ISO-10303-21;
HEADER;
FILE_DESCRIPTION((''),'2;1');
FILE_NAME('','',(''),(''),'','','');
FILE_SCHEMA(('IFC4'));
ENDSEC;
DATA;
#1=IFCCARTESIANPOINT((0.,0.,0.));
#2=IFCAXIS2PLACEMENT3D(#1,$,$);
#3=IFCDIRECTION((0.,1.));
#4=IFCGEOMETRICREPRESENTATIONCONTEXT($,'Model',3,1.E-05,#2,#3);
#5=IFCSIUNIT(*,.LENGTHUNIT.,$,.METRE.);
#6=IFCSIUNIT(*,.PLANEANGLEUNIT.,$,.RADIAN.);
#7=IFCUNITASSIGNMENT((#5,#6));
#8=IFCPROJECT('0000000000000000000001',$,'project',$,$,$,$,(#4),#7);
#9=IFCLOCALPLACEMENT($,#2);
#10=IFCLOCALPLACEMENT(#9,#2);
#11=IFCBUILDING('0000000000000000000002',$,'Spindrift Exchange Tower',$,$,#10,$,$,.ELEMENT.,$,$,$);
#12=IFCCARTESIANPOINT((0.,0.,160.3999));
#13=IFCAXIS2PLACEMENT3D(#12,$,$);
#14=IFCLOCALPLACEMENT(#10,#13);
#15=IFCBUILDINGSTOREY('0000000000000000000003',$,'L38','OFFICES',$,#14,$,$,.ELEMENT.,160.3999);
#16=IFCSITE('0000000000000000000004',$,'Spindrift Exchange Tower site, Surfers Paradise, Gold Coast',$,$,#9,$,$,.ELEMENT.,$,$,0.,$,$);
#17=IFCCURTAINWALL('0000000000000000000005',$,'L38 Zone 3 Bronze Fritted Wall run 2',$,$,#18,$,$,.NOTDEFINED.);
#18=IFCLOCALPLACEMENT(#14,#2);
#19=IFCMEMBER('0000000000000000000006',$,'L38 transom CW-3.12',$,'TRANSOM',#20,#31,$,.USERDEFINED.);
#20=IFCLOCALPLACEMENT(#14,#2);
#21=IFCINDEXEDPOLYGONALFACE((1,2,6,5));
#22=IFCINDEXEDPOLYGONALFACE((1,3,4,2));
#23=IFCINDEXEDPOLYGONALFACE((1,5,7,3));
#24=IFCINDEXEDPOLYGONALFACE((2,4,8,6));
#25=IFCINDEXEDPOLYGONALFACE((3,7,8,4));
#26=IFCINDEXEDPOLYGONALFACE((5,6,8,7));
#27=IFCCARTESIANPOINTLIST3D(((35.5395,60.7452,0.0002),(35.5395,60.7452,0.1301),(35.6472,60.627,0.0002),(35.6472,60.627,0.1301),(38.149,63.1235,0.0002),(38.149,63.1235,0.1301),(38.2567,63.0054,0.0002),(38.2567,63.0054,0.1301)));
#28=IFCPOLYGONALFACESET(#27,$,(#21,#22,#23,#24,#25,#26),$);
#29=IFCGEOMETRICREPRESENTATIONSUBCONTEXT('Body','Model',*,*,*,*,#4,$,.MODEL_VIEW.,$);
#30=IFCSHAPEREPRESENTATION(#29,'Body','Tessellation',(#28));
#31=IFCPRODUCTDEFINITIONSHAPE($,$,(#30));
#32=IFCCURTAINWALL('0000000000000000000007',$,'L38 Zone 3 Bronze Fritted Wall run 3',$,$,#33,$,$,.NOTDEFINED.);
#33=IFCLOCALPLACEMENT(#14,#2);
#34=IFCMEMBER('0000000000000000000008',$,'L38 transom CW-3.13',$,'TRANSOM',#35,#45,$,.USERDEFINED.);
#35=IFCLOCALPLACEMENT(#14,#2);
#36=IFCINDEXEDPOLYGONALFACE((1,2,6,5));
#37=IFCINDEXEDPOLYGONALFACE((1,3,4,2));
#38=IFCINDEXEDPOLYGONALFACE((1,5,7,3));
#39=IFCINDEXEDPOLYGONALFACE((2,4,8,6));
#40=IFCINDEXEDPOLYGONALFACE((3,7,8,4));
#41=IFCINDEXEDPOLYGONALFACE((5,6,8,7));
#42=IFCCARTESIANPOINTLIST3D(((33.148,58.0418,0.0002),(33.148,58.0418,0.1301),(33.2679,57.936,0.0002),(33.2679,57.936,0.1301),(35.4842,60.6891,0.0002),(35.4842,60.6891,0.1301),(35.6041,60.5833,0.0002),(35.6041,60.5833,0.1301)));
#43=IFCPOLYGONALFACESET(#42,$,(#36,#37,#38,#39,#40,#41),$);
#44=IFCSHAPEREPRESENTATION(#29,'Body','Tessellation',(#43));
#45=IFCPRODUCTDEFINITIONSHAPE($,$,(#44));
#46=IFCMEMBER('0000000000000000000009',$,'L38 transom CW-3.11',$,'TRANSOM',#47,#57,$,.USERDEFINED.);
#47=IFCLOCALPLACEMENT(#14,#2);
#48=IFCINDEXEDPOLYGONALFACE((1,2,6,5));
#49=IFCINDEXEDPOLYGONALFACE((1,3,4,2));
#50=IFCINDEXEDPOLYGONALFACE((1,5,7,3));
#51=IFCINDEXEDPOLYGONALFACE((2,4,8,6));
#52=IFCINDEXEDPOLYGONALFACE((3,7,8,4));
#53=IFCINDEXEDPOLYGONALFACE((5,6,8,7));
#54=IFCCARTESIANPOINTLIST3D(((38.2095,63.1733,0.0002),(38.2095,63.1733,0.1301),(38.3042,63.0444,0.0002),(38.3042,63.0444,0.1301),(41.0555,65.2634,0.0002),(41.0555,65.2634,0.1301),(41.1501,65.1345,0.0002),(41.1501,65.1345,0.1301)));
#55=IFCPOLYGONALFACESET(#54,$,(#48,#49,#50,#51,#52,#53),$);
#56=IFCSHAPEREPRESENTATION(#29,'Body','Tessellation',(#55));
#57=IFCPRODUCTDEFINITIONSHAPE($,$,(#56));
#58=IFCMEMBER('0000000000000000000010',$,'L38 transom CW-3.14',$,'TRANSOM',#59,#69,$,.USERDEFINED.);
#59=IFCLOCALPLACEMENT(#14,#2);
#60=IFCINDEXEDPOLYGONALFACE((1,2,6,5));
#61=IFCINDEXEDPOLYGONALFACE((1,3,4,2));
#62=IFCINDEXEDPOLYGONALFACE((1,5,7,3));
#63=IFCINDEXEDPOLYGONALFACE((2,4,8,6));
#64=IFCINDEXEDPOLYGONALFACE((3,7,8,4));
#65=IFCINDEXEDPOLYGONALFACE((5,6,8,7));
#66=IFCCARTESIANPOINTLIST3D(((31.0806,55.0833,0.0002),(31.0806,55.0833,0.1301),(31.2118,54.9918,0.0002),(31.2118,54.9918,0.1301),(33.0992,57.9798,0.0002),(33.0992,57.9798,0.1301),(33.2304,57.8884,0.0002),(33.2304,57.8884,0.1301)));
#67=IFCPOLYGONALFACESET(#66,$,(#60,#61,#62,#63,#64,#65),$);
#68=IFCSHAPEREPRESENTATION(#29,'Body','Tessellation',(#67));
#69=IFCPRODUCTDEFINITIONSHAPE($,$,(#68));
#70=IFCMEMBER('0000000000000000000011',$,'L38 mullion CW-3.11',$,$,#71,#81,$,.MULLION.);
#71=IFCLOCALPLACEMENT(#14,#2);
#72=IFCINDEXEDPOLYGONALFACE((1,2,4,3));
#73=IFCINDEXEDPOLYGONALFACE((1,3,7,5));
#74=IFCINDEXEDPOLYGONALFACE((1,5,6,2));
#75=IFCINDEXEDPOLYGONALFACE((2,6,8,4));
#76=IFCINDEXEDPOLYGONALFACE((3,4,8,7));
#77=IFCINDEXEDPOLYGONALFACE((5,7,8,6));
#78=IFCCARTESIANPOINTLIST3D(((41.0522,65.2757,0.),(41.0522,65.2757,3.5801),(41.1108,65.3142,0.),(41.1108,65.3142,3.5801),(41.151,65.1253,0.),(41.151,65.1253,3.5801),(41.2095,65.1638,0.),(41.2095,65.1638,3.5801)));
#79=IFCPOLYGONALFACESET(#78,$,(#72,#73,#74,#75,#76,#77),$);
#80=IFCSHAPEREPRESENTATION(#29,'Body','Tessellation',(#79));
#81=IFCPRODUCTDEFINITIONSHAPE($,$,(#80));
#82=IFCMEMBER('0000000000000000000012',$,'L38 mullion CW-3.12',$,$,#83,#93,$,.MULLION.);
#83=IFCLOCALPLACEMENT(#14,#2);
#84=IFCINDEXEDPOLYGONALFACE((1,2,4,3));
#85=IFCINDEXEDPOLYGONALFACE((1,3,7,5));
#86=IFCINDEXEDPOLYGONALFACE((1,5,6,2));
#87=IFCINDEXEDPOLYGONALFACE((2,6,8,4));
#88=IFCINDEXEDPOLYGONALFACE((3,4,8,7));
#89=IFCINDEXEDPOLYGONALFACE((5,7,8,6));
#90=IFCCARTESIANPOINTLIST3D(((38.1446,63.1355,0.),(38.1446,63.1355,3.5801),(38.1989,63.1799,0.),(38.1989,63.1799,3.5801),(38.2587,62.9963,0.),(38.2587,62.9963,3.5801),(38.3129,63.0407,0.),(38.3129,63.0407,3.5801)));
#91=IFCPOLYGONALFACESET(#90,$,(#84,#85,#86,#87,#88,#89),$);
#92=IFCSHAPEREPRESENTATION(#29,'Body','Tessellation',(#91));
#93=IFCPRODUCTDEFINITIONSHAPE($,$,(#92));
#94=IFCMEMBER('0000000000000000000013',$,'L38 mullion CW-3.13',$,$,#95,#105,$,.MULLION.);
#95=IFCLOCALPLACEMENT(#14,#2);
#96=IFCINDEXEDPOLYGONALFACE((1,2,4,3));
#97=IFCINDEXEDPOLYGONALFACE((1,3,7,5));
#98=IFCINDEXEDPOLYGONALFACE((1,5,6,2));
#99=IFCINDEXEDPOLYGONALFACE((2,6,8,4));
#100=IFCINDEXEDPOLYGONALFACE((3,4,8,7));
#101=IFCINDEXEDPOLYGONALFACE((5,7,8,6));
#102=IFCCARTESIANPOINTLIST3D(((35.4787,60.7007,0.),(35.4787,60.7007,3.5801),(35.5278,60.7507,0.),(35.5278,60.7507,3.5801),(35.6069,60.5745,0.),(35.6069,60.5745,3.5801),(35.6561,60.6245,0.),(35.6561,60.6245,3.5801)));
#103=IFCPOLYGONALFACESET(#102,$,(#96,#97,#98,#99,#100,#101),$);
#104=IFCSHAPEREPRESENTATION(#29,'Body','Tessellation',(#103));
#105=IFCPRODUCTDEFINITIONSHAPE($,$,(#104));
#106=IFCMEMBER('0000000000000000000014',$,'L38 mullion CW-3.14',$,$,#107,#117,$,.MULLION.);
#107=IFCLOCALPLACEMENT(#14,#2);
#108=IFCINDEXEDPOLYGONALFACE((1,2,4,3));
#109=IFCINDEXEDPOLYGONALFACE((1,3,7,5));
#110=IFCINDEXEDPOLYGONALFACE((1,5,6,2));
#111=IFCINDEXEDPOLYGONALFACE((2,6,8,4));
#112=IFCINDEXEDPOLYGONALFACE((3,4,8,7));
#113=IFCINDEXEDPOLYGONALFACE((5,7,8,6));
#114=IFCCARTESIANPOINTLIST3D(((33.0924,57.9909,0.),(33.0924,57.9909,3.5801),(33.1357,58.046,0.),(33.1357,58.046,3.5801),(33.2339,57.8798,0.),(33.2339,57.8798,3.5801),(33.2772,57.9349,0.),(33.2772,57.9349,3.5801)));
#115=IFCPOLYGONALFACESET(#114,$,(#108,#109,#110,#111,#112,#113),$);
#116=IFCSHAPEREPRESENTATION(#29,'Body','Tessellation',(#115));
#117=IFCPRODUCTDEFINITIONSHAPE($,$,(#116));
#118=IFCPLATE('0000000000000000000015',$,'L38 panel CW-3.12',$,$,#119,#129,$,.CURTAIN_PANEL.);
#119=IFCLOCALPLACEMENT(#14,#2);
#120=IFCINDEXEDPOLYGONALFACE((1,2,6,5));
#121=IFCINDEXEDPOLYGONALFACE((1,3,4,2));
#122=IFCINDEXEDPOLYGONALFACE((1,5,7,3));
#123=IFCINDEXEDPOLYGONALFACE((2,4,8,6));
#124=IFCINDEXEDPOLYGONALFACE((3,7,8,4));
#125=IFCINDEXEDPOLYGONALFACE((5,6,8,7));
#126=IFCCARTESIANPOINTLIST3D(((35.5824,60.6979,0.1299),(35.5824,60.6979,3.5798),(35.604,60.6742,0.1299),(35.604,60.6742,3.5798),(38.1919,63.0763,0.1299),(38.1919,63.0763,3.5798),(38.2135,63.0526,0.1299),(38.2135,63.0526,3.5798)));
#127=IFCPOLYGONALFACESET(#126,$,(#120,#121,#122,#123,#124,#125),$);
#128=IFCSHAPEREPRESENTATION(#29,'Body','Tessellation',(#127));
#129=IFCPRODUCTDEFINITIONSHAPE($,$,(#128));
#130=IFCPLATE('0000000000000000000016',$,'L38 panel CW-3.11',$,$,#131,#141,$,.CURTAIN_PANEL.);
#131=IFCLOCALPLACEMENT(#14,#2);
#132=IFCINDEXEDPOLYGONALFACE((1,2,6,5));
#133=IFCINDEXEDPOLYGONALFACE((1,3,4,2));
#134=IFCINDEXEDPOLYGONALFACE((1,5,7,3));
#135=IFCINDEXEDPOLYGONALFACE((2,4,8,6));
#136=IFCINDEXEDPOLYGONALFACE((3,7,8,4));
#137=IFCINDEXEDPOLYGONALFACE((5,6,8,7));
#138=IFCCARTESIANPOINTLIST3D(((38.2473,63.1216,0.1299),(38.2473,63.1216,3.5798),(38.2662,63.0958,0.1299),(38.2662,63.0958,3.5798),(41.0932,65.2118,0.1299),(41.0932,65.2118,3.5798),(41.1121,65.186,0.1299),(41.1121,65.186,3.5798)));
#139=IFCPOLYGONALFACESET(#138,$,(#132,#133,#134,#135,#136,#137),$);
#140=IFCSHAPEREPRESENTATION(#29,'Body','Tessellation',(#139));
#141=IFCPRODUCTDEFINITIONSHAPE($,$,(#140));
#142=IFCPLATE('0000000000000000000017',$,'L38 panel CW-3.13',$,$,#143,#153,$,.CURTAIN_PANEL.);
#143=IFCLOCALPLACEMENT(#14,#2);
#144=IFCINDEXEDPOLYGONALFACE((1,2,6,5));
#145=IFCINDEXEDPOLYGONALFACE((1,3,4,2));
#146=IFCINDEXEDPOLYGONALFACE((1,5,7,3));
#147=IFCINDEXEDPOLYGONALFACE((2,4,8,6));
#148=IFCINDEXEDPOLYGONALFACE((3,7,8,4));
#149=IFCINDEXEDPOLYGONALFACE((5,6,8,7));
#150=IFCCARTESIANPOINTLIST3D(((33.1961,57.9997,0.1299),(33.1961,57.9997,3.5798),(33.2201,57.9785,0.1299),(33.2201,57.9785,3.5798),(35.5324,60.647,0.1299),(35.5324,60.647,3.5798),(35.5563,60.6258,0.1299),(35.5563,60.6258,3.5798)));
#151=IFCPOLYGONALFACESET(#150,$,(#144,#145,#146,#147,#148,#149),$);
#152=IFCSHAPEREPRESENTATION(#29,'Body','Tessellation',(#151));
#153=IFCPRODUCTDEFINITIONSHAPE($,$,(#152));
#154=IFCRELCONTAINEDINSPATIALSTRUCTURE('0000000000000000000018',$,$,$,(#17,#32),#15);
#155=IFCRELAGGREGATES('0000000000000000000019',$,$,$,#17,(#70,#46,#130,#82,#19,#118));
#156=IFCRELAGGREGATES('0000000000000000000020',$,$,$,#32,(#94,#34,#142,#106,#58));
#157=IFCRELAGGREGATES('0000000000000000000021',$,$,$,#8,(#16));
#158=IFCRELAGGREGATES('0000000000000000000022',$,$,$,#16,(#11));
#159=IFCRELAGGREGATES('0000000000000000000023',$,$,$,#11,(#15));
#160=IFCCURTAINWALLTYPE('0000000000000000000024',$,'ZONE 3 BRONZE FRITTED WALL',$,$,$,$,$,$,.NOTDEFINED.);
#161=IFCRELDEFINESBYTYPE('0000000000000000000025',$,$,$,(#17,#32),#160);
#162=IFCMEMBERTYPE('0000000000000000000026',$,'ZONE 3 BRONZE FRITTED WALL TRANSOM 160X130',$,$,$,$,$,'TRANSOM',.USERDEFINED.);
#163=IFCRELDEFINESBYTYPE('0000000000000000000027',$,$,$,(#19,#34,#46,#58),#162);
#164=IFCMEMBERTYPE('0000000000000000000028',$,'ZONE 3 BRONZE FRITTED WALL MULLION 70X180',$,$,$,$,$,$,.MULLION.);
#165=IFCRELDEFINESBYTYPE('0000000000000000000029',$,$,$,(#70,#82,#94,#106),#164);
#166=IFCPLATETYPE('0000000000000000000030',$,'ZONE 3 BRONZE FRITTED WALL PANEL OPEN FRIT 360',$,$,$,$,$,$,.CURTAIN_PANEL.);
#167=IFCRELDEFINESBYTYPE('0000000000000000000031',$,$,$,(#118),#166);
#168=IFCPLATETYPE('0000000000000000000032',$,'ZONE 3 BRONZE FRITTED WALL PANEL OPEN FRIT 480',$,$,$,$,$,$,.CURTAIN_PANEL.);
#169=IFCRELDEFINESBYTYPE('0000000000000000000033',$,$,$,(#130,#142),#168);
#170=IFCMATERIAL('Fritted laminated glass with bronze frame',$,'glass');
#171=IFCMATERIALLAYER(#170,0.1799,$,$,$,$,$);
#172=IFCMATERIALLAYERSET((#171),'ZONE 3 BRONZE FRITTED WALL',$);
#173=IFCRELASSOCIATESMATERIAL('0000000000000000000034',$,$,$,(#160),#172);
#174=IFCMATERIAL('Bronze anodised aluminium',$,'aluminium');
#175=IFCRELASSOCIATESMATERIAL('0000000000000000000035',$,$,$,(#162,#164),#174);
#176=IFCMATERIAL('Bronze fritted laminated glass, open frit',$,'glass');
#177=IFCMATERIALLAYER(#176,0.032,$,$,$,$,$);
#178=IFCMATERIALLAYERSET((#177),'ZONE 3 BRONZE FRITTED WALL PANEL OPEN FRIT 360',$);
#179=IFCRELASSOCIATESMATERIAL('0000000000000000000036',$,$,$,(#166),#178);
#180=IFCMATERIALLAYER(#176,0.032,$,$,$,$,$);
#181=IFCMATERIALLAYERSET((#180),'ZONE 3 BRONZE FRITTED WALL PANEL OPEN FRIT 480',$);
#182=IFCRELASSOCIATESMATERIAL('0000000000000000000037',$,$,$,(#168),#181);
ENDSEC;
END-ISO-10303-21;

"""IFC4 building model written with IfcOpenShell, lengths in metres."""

from ifc_helpers import new_model, si_unit, direction, frame, origin, origin_2d, place, context, subcontext, project, spatial, rectangle, extrude, source, transform, mapped, material, layer, layer_set, material_profile, profile_set, type_object, element, aggregate, save


model = new_model("IFC4")

# Units and contexts
model_context = context("Model", 3, precision=1e-05, world=origin(), true_north=direction((0.0, 1.0)))
body_context = subcontext(model_context, "Body", "Model", "MODEL_VIEW")
ifc_project = project(units=[si_unit("LENGTHUNIT", "METRE"), si_unit("PLANEANGLEUNIT", "RADIAN")], contexts=[model_context])

# Site, building, storey
site_placement = place(None, origin())
site = spatial("IfcSite", under=ifc_project, at=site_placement, Name="Spindrift Exchange Tower site, Surfers Paradise, Gold Coast", CompositionType="ELEMENT", RefElevation=0.0)
building_placement = place(site_placement, origin())
building = spatial("IfcBuilding", under=site, at=building_placement, Name="Spindrift Exchange Tower", CompositionType="ELEMENT")
storey_placement = place(building_placement, frame((0.0, 0.0, 160.3999)))
storey = spatial("IfcBuildingStorey", under=building, at=storey_placement, Name="L38", Description="OFFICES", CompositionType="ELEMENT", Elevation=160.3999)

# Curtain walls, members
ifc_material_1 = material(Name="Fritted laminated glass with bronze frame", Category="glass")
ifc_layer_1 = layer(ifc_material_1, 0.1799)
ifc_layer_set_1 = layer_set([ifc_layer_1], Name="ZONE 3 BRONZE FRITTED WALL")
curtain_wall_type = type_object("IfcCurtainWallType", Name="ZONE 3 BRONZE FRITTED WALL", PredefinedType="NOTDEFINED", material=ifc_layer_set_1)
curtain_wall_1_placement = place(storey_placement, origin())
curtain_wall_1 = element("IfcCurtainWall", 1, at=curtain_wall_1_placement, inside=storey, type_object=curtain_wall_type, Name="L38 Zone 3 Bronze Fritted Wall run 2", PredefinedType="NOTDEFINED")
ifc_material_2 = material(Name="Bronze anodised aluminium", Category="aluminium")
ifc_material_profile_1 = material_profile(ifc_material_2, rectangle(XDim=0.1599, YDim=0.1299, at=origin_2d()), Name="ZONE 3 BRONZE FRITTED WALL TRANSOM 160X130")
ifc_profile_set_1 = profile_set([ifc_material_profile_1], Name="Bronze anodised aluminium")
member_type_1 = type_object("IfcMemberType", Name="ZONE 3 BRONZE FRITTED WALL TRANSOM 160X130", ElementType="TRANSOM", PredefinedType="USERDEFINED", material=ifc_profile_set_1)
shared_shape_1 = source(origin(), body_context, "Body", "SweptSolid", [
    extrude(rectangle(XDim=0.1599, YDim=0.1299, at=origin_2d()), origin(), (0.0, 0.0, 1.0), 3.5308),
])
member_1_placement = place(storey_placement, frame((38.2029, 63.0645, 0.0652), z_axis=(-0.739088, -0.673608, 0.0), x_axis=(0.673608, -0.739088, 0.0)))
member_1 = element("IfcMember", 2, at=member_1_placement, type_object=member_type_1, Name="L38 transom CW-3.12", ObjectType="TRANSOM", PredefinedType="USERDEFINED", context=body_context, shape_type="MappedRepresentation", body=[
    mapped(shared_shape_1, transform((0.0, 0.0, 0.0), scale=1.0)),
])
curtain_wall_2_placement = place(storey_placement, origin())
curtain_wall_2 = element("IfcCurtainWall", 3, at=curtain_wall_2_placement, inside=storey, type_object=curtain_wall_type, Name="L38 Zone 3 Bronze Fritted Wall run 3", PredefinedType="NOTDEFINED")
member_2_placement = place(storey_placement, frame((35.5442, 60.6362, 0.0652), z_axis=(-0.661686, -0.749781, 0.0), x_axis=(0.749781, -0.661686, 0.0)))
member_2 = element("IfcMember", 4, at=member_2_placement, type_object=member_type_1, Name="L38 transom CW-3.13", ObjectType="TRANSOM", PredefinedType="USERDEFINED", context=body_context, shape_type="MappedRepresentation", body=[
    mapped(shared_shape_1, transform((0.0, 0.0, 0.0), scale=1.0)),
])

# Members
shared_shape_2 = source(origin(), body_context, "Body", "SweptSolid", [
    extrude(rectangle(XDim=0.1599, YDim=0.1299, at=origin_2d()), origin(), (0.0, 0.0, 1.0), 3.531),
])
member_3_placement = place(storey_placement, frame((41.1028, 65.199, 0.0652), z_axis=(-0.805992, -0.591927, 0.0), x_axis=(0.591927, -0.805992, 0.0)))
member_3 = element("IfcMember", 5, at=member_3_placement, type_object=member_type_1, Name="L38 transom CW-3.11", ObjectType="TRANSOM", PredefinedType="USERDEFINED", context=body_context, shape_type="MappedRepresentation", body=[
    mapped(shared_shape_2, transform((0.0, 0.0, 0.0), scale=1.0)),
])
shared_shape_3 = source(origin(), body_context, "Body", "SweptSolid", [
    extrude(rectangle(XDim=0.1599, YDim=0.1299, at=origin_2d()), origin(), (0.0, 0.0, 1.0), 3.5305),
])
member_4_placement = place(storey_placement, frame((33.1648, 57.9341, 0.0652), z_axis=(-0.571753, -0.820426, 0.0), x_axis=(0.820426, -0.571753, 0.0)))
member_4 = element("IfcMember", 6, at=member_4_placement, type_object=member_type_1, Name="L38 transom CW-3.14", ObjectType="TRANSOM", PredefinedType="USERDEFINED", context=body_context, shape_type="MappedRepresentation", body=[
    mapped(shared_shape_3, transform((0.0, 0.0, 0.0), scale=1.0)),
])
ifc_material_profile_2 = material_profile(ifc_material_2, rectangle(XDim=0.0701, YDim=0.1799, at=origin_2d()), Name="ZONE 3 BRONZE FRITTED WALL MULLION 70X180")
ifc_profile_set_2 = profile_set([ifc_material_profile_2], Name="Bronze anodised aluminium")
member_type_2 = type_object("IfcMemberType", Name="ZONE 3 BRONZE FRITTED WALL MULLION 70X180", PredefinedType="MULLION", material=ifc_profile_set_2)
shared_shape_4 = source(origin(), body_context, "Body", "SweptSolid", [
    extrude(rectangle(XDim=0.0701, YDim=0.1799, at=origin_2d()), origin(), (0.0, 0.0, 1.0), 3.5801),
])
member_5_placement = place(storey_placement, frame((41.1309, 65.2197, 0.0), z_axis=(0.0, 0.0, 1.0), x_axis=(-0.835917, -0.548856, 0.0)))
member_5 = element("IfcMember", 7, at=member_5_placement, type_object=member_type_2, Name="L38 mullion CW-3.11", PredefinedType="MULLION", context=body_context, shape_type="MappedRepresentation", body=[
    mapped(shared_shape_4, transform((0.0, 0.0, 0.0), scale=1.0)),
])
member_6_placement = place(storey_placement, frame((38.2288, 63.0881, 0.0), z_axis=(0.0, 0.0, 1.0), x_axis=(-0.773599, -0.633675, 0.0)))
member_6 = element("IfcMember", 8, at=member_6_placement, type_object=member_type_2, Name="L38 mullion CW-3.12", PredefinedType="MULLION", context=body_context, shape_type="MappedRepresentation", body=[
    mapped(shared_shape_4, transform((0.0, 0.0, 0.0), scale=1.0)),
])
member_7_placement = place(storey_placement, frame((35.5674, 60.6626, 0.0), z_axis=(0.0, 0.0, 1.0), x_axis=(-0.701416, -0.712752, 0.0)))
member_7 = element("IfcMember", 9, at=member_7_placement, type_object=member_type_2, Name="L38 mullion CW-3.13", PredefinedType="MULLION", context=body_context, shape_type="MappedRepresentation", body=[
    mapped(shared_shape_4, transform((0.0, 0.0, 0.0), scale=1.0)),
])
member_8_placement = place(storey_placement, frame((33.1848, 57.9629, 0.0), z_axis=(0.0, 0.0, 1.0), x_axis=(-0.617748, -0.786376, 0.0)))
member_8 = element("IfcMember", 10, at=member_8_placement, type_object=member_type_2, Name="L38 mullion CW-3.14", PredefinedType="MULLION", context=body_context, shape_type="MappedRepresentation", body=[
    mapped(shared_shape_4, transform((0.0, 0.0, 0.0), scale=1.0)),
])

# Plates
ifc_material_3 = material(Name="Bronze fritted laminated glass, open frit", Category="glass")
ifc_layer_2 = layer(ifc_material_3, 0.032)
ifc_layer_set_2 = layer_set([ifc_layer_2], Name="ZONE 3 BRONZE FRITTED WALL PANEL OPEN FRIT 360")
plate_type_1 = type_object("IfcPlateType", Name="ZONE 3 BRONZE FRITTED WALL PANEL OPEN FRIT 360", PredefinedType="CURTAIN_PANEL", material=ifc_layer_set_2)
shared_shape_5 = source(origin(), body_context, "Body", "SweptSolid", [
    extrude(rectangle(XDim=3.5308, YDim=0.032, at=origin_2d()), origin(), (0.0, 0.0, 1.0), 3.45),
])
plate_1_placement = place(storey_placement, frame((36.8979, 61.8752, 0.1299), z_axis=(0.0, 0.0, 1.0), x_axis=(-0.739078, -0.67362, 0.0)))
plate_1 = element("IfcPlate", 11, at=plate_1_placement, type_object=plate_type_1, Name="L38 panel CW-3.12", PredefinedType="CURTAIN_PANEL", context=body_context, shape_type="MappedRepresentation", body=[
    mapped(shared_shape_5, transform((0.0, 0.0, 0.0), scale=1.0)),
])
ifc_layer_3 = layer(ifc_material_3, 0.032)
ifc_layer_set_3 = layer_set([ifc_layer_3], Name="ZONE 3 BRONZE FRITTED WALL PANEL OPEN FRIT 480")
plate_type_2 = type_object("IfcPlateType", Name="ZONE 3 BRONZE FRITTED WALL PANEL OPEN FRIT 480", PredefinedType="CURTAIN_PANEL", material=ifc_layer_set_3)
shared_shape_6 = source(origin(), body_context, "Body", "SweptSolid", [
    extrude(rectangle(XDim=3.531, YDim=0.032, at=origin_2d()), origin(), (0.0, 0.0, 1.0), 3.45),
])
plate_2_placement = place(storey_placement, frame((39.6797, 64.1538, 0.1299), z_axis=(0.0, 0.0, 1.0), x_axis=(-0.805965, -0.591963, 0.0)))
plate_2 = element("IfcPlate", 12, at=plate_2_placement, type_object=plate_type_2, Name="L38 panel CW-3.11", PredefinedType="CURTAIN_PANEL", context=body_context, shape_type="MappedRepresentation", body=[
    mapped(shared_shape_6, transform((0.0, 0.0, 0.0), scale=1.0)),
])
aggregate(curtain_wall_1, [member_5, member_3, plate_2, member_6, member_1, plate_1])
shared_shape_7 = source(origin(), body_context, "Body", "SweptSolid", [
    extrude(rectangle(XDim=3.5308, YDim=0.032, at=origin_2d()), origin(), (0.0, 0.0, 1.0), 3.45),
])
plate_3_placement = place(storey_placement, frame((34.3762, 59.3127, 0.1299), z_axis=(0.0, 0.0, 1.0), x_axis=(-0.661686, -0.749781, 0.0)))
plate_3 = element("IfcPlate", 13, at=plate_3_placement, type_object=plate_type_2, Name="L38 panel CW-3.13", PredefinedType="CURTAIN_PANEL", context=body_context, shape_type="MappedRepresentation", body=[
    mapped(shared_shape_7, transform((0.0, 0.0, 0.0), scale=1.0)),
])
aggregate(curtain_wall_2, [member_7, member_2, plate_3, member_8, member_4])

save(model, "model.ifc")
